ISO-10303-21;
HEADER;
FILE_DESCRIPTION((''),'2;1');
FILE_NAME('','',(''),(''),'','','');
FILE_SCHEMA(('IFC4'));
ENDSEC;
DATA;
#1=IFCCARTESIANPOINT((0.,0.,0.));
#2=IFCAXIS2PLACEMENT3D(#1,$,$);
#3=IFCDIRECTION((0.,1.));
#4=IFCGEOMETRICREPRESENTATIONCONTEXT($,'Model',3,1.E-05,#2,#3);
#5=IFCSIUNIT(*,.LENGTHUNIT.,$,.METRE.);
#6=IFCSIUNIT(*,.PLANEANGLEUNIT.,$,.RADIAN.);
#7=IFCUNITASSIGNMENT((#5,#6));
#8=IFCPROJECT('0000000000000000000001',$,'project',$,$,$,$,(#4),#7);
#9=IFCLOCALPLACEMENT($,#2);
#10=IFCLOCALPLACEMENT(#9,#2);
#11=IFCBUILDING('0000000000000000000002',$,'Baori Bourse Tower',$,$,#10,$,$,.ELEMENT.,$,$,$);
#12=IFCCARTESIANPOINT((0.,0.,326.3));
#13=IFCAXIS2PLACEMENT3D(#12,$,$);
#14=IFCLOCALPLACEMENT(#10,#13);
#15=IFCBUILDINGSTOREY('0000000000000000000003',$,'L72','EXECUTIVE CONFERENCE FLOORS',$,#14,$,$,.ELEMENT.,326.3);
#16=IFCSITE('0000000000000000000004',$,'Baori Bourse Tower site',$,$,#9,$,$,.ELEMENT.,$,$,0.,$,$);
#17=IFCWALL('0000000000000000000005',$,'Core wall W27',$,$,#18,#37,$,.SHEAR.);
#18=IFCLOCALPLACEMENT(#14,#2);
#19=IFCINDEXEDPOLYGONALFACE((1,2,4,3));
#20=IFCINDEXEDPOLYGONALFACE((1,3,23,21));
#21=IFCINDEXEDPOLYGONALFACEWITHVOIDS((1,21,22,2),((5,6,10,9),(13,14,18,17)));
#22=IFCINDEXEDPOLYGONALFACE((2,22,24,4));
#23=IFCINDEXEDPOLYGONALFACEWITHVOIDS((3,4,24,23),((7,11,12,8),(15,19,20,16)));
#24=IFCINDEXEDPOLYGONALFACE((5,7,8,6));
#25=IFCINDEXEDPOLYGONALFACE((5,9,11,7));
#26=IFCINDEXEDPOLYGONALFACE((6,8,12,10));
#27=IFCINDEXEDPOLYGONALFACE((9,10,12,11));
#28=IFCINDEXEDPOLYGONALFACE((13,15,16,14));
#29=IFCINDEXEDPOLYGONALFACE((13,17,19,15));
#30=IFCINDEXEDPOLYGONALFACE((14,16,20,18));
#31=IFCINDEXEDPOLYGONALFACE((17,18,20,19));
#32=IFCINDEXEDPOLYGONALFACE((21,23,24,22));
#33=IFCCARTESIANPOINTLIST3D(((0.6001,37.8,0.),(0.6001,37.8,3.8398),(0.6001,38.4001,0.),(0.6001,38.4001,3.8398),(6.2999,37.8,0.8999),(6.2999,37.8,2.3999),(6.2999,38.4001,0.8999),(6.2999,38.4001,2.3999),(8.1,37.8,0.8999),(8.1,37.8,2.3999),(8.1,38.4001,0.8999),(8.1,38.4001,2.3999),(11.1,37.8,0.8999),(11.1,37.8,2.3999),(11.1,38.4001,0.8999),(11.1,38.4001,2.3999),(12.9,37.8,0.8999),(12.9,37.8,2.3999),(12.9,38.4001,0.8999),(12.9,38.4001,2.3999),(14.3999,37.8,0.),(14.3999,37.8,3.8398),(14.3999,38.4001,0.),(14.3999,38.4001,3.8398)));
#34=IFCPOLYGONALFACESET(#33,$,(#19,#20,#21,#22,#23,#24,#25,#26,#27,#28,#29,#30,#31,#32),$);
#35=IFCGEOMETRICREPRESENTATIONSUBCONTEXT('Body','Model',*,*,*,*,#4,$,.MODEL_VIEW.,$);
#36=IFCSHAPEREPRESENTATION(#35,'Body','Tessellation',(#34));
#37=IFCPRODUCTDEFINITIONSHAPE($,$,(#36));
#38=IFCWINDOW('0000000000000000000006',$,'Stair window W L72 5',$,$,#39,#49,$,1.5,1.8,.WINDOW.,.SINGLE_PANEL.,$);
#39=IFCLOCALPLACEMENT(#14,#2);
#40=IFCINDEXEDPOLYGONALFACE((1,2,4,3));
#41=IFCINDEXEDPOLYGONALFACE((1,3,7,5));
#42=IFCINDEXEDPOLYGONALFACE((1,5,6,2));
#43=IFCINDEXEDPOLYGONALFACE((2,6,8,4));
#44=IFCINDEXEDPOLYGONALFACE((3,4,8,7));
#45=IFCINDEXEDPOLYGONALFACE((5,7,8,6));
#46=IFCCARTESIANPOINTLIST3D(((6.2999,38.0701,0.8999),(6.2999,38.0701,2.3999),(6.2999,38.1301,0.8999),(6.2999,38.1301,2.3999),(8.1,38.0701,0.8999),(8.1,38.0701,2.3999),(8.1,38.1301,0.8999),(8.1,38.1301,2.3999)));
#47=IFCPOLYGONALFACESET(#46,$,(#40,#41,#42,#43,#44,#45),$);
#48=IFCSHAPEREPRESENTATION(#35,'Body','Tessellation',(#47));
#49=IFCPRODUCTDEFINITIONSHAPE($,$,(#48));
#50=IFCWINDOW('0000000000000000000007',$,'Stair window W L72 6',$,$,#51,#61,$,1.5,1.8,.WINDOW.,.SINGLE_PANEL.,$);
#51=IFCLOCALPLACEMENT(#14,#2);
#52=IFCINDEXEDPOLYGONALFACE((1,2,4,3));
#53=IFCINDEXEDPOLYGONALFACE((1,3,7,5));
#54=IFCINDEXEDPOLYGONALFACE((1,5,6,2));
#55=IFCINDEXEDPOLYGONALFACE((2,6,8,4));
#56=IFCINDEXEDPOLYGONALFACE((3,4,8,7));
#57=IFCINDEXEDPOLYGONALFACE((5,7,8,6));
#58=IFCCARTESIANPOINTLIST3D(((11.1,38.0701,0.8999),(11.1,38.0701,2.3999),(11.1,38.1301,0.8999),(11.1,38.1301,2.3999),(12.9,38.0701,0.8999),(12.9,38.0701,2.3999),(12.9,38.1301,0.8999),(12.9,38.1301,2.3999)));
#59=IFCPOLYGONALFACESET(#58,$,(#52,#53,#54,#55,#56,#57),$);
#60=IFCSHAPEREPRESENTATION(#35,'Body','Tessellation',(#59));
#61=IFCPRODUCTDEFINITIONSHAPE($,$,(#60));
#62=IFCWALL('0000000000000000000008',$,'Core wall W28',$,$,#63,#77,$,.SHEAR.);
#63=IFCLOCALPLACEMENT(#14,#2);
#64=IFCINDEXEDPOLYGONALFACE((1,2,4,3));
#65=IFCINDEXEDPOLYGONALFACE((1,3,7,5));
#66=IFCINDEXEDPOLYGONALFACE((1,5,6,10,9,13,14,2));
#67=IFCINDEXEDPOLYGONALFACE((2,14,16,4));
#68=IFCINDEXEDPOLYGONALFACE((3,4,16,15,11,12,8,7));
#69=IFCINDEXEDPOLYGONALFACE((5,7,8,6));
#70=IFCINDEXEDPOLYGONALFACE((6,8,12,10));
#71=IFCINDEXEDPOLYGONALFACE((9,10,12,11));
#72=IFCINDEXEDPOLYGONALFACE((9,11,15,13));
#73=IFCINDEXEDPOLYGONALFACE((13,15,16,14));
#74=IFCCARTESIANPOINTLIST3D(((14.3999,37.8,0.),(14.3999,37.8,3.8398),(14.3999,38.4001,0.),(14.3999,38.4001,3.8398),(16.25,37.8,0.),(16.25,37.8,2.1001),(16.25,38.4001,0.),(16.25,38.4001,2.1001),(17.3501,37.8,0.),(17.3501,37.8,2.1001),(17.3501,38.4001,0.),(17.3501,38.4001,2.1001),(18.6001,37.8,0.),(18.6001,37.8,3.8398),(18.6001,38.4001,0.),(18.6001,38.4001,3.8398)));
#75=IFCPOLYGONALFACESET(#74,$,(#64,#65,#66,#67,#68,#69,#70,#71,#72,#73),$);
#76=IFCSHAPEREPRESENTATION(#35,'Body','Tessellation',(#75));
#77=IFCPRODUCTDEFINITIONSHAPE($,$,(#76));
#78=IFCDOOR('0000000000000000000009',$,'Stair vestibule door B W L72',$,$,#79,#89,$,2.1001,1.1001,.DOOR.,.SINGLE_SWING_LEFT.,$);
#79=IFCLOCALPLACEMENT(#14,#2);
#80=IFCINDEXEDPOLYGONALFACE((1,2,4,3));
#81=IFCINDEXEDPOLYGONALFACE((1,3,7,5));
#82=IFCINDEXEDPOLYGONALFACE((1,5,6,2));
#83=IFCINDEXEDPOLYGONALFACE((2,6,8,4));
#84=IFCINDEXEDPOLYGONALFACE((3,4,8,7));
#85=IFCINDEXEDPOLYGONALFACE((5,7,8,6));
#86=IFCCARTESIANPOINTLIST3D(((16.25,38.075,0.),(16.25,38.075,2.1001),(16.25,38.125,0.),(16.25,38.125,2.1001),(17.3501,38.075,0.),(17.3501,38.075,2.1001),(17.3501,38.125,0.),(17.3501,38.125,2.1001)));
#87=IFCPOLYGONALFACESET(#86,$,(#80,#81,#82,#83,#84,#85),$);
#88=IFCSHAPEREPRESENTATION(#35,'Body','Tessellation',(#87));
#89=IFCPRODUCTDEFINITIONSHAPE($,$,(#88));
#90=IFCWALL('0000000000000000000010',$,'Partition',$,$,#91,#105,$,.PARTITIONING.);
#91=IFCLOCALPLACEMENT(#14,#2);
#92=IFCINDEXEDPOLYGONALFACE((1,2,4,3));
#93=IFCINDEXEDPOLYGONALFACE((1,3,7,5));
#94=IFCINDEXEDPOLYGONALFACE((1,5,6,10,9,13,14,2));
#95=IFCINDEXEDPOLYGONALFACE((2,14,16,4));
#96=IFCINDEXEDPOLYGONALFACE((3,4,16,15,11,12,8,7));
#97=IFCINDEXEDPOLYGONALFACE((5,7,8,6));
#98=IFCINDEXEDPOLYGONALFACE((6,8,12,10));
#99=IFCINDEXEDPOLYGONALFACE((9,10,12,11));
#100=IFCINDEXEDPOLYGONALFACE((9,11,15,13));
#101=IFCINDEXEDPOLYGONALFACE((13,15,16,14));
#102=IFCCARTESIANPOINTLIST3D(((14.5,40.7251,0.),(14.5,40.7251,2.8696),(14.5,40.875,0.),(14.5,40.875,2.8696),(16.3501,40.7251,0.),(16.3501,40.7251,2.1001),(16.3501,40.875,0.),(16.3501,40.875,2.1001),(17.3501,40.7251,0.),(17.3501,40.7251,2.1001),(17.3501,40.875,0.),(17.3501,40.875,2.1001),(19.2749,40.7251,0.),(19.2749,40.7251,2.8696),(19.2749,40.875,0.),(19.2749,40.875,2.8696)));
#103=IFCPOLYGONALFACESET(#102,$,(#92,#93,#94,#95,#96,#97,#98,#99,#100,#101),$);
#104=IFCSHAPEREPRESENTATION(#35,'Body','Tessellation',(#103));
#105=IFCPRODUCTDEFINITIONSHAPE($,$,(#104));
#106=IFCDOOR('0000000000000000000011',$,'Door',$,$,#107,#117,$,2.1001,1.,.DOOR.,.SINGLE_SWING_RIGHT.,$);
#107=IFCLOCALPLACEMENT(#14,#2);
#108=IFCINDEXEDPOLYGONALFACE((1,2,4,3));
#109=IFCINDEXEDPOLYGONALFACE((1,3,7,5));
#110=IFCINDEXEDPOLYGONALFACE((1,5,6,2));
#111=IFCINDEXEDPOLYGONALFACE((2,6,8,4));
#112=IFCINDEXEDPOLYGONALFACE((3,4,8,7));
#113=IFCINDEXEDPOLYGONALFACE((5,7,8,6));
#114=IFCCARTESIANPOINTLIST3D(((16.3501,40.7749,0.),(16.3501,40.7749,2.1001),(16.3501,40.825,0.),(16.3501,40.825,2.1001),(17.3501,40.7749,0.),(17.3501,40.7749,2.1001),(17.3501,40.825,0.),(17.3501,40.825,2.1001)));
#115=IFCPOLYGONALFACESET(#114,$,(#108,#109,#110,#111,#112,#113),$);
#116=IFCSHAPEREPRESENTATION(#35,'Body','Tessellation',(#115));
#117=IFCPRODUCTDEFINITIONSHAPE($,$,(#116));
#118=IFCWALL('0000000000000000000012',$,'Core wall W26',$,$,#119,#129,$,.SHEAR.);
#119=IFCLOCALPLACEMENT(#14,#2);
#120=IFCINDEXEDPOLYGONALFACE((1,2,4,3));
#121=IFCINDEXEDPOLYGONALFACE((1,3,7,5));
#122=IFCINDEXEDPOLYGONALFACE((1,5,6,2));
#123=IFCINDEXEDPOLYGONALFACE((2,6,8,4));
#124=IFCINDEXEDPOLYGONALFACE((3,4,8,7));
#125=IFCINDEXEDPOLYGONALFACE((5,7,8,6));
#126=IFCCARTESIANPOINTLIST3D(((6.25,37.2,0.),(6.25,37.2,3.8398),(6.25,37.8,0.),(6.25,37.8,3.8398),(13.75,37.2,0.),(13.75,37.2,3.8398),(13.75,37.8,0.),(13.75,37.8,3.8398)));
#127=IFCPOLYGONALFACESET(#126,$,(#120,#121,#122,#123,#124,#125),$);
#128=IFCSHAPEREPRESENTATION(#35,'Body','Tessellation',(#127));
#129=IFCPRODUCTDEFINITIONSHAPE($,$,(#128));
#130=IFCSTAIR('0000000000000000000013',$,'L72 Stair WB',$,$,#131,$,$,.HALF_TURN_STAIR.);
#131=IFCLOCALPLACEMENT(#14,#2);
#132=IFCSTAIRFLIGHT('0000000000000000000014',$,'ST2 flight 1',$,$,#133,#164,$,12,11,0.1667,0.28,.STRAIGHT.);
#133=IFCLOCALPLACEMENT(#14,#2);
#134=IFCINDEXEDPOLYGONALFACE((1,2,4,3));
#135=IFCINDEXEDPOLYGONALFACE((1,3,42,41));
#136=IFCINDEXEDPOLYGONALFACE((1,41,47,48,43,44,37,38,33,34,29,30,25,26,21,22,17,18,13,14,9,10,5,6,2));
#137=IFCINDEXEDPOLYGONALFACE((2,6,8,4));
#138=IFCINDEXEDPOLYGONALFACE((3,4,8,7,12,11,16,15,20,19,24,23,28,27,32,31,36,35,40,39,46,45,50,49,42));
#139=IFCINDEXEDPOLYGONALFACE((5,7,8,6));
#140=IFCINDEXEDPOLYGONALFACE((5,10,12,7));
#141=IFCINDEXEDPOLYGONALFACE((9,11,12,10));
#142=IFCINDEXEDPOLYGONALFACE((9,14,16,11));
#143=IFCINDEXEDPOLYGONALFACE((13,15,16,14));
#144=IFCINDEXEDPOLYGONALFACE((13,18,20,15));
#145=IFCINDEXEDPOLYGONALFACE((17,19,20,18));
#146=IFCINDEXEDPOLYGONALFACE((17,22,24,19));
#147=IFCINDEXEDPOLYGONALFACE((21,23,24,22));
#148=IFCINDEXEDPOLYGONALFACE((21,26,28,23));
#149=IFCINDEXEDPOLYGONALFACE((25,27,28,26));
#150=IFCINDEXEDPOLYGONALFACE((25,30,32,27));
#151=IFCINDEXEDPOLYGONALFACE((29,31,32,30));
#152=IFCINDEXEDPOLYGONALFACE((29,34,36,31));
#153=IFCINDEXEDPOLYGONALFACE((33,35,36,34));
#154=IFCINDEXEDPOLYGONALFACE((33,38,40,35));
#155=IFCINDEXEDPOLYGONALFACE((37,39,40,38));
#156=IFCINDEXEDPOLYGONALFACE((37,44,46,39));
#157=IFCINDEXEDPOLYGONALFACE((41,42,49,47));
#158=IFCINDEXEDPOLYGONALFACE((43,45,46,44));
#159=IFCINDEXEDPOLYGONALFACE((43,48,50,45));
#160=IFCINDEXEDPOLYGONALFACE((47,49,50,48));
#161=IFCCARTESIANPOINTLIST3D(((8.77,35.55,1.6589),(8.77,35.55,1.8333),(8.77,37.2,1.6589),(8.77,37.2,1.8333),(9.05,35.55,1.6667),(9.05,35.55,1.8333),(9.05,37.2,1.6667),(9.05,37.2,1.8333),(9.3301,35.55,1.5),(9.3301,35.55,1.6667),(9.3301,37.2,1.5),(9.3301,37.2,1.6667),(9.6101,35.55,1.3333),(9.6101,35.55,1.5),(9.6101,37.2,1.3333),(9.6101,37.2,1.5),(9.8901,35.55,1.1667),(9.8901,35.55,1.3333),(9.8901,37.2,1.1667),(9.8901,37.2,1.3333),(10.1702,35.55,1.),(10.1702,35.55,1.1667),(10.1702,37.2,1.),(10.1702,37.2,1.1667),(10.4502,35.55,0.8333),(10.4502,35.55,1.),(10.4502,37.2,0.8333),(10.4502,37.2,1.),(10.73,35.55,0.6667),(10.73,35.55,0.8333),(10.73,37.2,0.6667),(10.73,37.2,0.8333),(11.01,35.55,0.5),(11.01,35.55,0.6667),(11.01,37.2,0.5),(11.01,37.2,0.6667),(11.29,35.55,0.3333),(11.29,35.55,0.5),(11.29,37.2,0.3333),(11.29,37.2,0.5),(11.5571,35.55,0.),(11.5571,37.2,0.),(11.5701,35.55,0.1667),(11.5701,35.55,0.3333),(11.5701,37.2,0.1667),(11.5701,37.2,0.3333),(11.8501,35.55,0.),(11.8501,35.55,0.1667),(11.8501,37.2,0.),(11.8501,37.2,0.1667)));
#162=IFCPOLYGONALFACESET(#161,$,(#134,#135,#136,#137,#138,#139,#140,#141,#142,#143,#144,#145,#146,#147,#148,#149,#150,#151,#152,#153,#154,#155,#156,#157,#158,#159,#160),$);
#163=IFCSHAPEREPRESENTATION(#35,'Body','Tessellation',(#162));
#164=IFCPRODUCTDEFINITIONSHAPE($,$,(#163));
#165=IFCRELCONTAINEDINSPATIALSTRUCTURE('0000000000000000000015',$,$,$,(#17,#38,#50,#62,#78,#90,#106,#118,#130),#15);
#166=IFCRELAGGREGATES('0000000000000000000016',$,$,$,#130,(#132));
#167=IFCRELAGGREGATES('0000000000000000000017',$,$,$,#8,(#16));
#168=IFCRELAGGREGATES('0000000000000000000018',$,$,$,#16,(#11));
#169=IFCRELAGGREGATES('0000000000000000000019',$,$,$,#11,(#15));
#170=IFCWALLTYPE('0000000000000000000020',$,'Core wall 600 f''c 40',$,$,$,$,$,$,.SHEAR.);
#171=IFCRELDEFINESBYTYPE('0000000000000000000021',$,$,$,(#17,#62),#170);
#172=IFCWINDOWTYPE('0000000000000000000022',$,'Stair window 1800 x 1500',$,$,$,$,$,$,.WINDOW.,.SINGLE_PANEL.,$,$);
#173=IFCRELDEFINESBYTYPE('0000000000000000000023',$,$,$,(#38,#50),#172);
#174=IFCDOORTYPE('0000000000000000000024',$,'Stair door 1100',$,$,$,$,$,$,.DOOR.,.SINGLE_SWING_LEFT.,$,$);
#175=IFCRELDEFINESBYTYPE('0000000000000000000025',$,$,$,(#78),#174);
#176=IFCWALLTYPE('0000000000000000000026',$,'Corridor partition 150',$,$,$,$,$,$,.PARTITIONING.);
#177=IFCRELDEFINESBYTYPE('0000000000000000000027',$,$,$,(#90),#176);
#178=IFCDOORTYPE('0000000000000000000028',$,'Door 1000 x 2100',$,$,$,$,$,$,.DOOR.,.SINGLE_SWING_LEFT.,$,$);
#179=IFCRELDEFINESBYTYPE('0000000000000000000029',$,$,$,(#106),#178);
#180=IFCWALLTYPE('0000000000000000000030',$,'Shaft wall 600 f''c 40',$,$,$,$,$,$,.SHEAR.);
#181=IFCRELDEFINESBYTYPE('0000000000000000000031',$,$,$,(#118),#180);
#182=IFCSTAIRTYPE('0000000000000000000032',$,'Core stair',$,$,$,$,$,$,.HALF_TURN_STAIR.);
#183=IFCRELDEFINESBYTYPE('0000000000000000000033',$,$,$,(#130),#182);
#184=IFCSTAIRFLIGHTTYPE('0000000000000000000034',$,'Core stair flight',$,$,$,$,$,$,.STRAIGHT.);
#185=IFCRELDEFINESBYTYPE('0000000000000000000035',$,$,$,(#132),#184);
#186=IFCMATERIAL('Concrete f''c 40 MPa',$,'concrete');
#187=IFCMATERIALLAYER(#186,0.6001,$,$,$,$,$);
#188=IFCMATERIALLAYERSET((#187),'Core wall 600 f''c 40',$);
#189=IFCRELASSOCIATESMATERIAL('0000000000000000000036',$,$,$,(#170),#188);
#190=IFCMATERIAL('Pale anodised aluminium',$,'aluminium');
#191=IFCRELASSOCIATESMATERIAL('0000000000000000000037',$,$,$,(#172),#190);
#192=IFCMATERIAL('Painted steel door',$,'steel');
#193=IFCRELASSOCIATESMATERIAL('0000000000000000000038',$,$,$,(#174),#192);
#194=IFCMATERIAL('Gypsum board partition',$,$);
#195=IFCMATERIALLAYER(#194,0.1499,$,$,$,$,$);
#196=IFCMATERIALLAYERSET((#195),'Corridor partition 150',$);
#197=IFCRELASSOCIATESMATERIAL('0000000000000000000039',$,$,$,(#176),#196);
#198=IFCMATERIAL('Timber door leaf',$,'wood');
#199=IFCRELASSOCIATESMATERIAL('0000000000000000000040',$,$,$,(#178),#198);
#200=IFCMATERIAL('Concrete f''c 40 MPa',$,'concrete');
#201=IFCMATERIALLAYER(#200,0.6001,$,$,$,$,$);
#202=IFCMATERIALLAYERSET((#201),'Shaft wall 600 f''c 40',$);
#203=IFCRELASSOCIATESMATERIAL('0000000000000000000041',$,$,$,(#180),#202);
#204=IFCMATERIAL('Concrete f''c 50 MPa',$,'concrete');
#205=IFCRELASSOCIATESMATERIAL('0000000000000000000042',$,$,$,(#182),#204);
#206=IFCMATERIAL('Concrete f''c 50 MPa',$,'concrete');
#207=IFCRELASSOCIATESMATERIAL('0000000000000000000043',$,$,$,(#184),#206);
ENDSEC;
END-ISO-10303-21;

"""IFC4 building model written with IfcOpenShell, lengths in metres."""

from ifc_helpers import new_model, si_unit, direction, frame, frame_2d, origin, place, context, subcontext, project, spatial, polyline, rectangle, outline, extrude, material, layer, layer_set, type_object, element, fill, aggregate, save


model = new_model("IFC4")

# Units and contexts
model_context = context("Model", 3, precision=1e-05, world=origin(), true_north=direction((0.0, 1.0)))
body_context = subcontext(model_context, "Body", "Model", "MODEL_VIEW")
ifc_project = project(units=[si_unit("LENGTHUNIT", "METRE"), si_unit("PLANEANGLEUNIT", "RADIAN")], contexts=[model_context])

# Site, building, storey
site_placement = place(None, origin())
site = spatial("IfcSite", under=ifc_project, at=site_placement, Name="Baori Bourse Tower site", CompositionType="ELEMENT", RefElevation=0.0)
building_placement = place(site_placement, origin())
building = spatial("IfcBuilding", under=site, at=building_placement, Name="Baori Bourse Tower", CompositionType="ELEMENT")
storey_placement = place(building_placement, frame((0.0, 0.0, 326.3)))
storey = spatial("IfcBuildingStorey", under=building, at=storey_placement, Name="L72", Description="EXECUTIVE CONFERENCE FLOORS", CompositionType="ELEMENT", Elevation=326.3)

# Wall, openings, windows
ifc_material_1 = material(Name="Concrete f'c 40 MPa", Category="concrete")
ifc_layer_1 = layer(ifc_material_1, 0.6001)
ifc_layer_set_1 = layer_set([ifc_layer_1], Name="Core wall 600 f'c 40")
wall_type_1 = type_object("IfcWallType", Name="Core wall 600 f'c 40", PredefinedType="SHEAR", material=ifc_layer_set_1)
wall_1_placement = place(storey_placement, frame((0.6001, 38.1001, 0.0), z_axis=(0.0, 0.0, 1.0), x_axis=(1.0, 0.0, 0.0)))
wall_1 = element("IfcWall", 1, at=wall_1_placement, inside=storey, type_object=wall_type_1, Name="Core wall W27", PredefinedType="SHEAR", context=body_context, shape_type="SweptSolid", body=[
    extrude(rectangle(XDim=13.7998, YDim=0.6001, at=frame_2d((6.8999, 0.0))), origin(), (0.0, 0.0, 1.0), 3.8398),
])
opening_1_placement = place(wall_1_placement, frame((5.7, 0.0, 0.8999)))
opening_1 = element("IfcOpeningElement", 2, at=opening_1_placement, cuts=wall_1, PredefinedType="OPENING", context=body_context, shape_type="SweptSolid", body=[
    extrude(rectangle(XDim=1.8, YDim=1.5, at=frame_2d((0.8999, 0.75))), frame((0.0, 0.3101, 0.0), z_axis=(0.0, -1.0, 0.0), x_axis=(1.0, 0.0, 0.0)), (0.0, 0.0, 1.0), 0.6201),
])
opening_2_placement = place(wall_1_placement, frame((10.5, 0.0, 0.8999)))
opening_2 = element("IfcOpeningElement", 3, at=opening_2_placement, cuts=wall_1, PredefinedType="OPENING", context=body_context, shape_type="SweptSolid", body=[
    extrude(rectangle(XDim=1.8, YDim=1.5, at=frame_2d((0.8999, 0.75))), frame((0.0, 0.3101, 0.0), z_axis=(0.0, -1.0, 0.0), x_axis=(1.0, 0.0, 0.0)), (0.0, 0.0, 1.0), 0.6201),
])
ifc_material_2 = material(Name="Pale anodised aluminium", Category="aluminium")
window_type = type_object("IfcWindowType", Name="Stair window 1800 x 1500", PartitioningType="SINGLE_PANEL", PredefinedType="WINDOW", material=ifc_material_2)
window_1_placement = place(opening_1_placement, origin())
window_1 = element("IfcWindow", 4, at=window_1_placement, inside=storey, type_object=window_type, Name="Stair window W L72 5", OverallHeight=1.5, OverallWidth=1.8, PartitioningType="SINGLE_PANEL", PredefinedType="WINDOW", context=body_context, shape_type="SweptSolid", body=[
    extrude(rectangle(XDim=1.8, YDim=1.5, at=frame_2d((0.8999, 0.75))), frame((0.0, 0.03, 0.0), z_axis=(0.0, -1.0, 0.0), x_axis=(1.0, 0.0, 0.0)), (0.0, 0.0, 1.0), 0.0601),
])
fill(opening_1, window_1)
window_2_placement = place(opening_2_placement, origin())
window_2 = element("IfcWindow", 5, at=window_2_placement, inside=storey, type_object=window_type, Name="Stair window W L72 6", OverallHeight=1.5, OverallWidth=1.8, PartitioningType="SINGLE_PANEL", PredefinedType="WINDOW", context=body_context, shape_type="SweptSolid", body=[
    extrude(rectangle(XDim=1.8, YDim=1.5, at=frame_2d((0.8999, 0.75))), frame((0.0, 0.03, 0.0), z_axis=(0.0, -1.0, 0.0), x_axis=(1.0, 0.0, 0.0)), (0.0, 0.0, 1.0), 0.0601),
])
fill(opening_2, window_2)

# Walls, openings, doors
wall_2_placement = place(storey_placement, frame((14.3999, 38.1001, 0.0), z_axis=(0.0, 0.0, 1.0), x_axis=(1.0, 0.0, 0.0)))
wall_2 = element("IfcWall", 6, at=wall_2_placement, inside=storey, type_object=wall_type_1, Name="Core wall W28", PredefinedType="SHEAR", context=body_context, shape_type="SweptSolid", body=[
    extrude(rectangle(XDim=4.2002, YDim=0.6001, at=frame_2d((2.1001, 0.0))), origin(), (0.0, 0.0, 1.0), 3.8398),
])
opening_3_placement = place(wall_2_placement, frame((1.8501, 0.0, 0.0)))
opening_3 = element("IfcOpeningElement", 7, at=opening_3_placement, cuts=wall_2, PredefinedType="OPENING", context=body_context, shape_type="SweptSolid", body=[
    extrude(rectangle(XDim=1.1001, YDim=2.1001, at=frame_2d((0.55, 1.05))), frame((0.0, 0.3101, 0.0), z_axis=(0.0, -1.0, 0.0), x_axis=(1.0, 0.0, 0.0)), (0.0, 0.0, 1.0), 0.6201),
])
ifc_material_3 = material(Name="Painted steel door", Category="steel")
door_type_1 = type_object("IfcDoorType", Name="Stair door 1100", OperationType="SINGLE_SWING_LEFT", PredefinedType="DOOR", material=ifc_material_3)
door_1_placement = place(opening_3_placement, origin())
door_1 = element("IfcDoor", 8, at=door_1_placement, inside=storey, type_object=door_type_1, Name="Stair vestibule door B W L72", OperationType="SINGLE_SWING_LEFT", OverallHeight=2.1001, OverallWidth=1.1001, PredefinedType="DOOR", context=body_context, shape_type="SweptSolid", body=[
    extrude(rectangle(XDim=1.1001, YDim=2.1001, at=frame_2d((0.55, 1.05))), frame((0.0, 0.0249, 0.0), z_axis=(0.0, -1.0, 0.0), x_axis=(1.0, 0.0, 0.0)), (0.0, 0.0, 1.0), 0.05),
])
fill(opening_3, door_1)
ifc_material_4 = material(Name="Gypsum board partition")
ifc_layer_2 = layer(ifc_material_4, 0.1499)
ifc_layer_set_2 = layer_set([ifc_layer_2], Name="Corridor partition 150")
wall_type_2 = type_object("IfcWallType", Name="Corridor partition 150", PredefinedType="PARTITIONING", material=ifc_layer_set_2)
wall_3_placement = place(storey_placement, frame((14.5, 40.8, 0.0), z_axis=(0.0, 0.0, 1.0), x_axis=(1.0, 0.0, 0.0)))
wall_3 = element("IfcWall", 9, at=wall_3_placement, inside=storey, type_object=wall_type_2, Name="Partition", PredefinedType="PARTITIONING", context=body_context, shape_type="SweptSolid", body=[
    extrude(rectangle(XDim=4.7749, YDim=0.1499, at=frame_2d((2.3875, 0.0))), origin(), (0.0, 0.0, 1.0), 2.8696),
])
opening_4_placement = place(wall_3_placement, frame((1.8501, 0.0, 0.0)))
opening_4 = element("IfcOpeningElement", 10, at=opening_4_placement, cuts=wall_3, PredefinedType="OPENING", context=body_context, shape_type="SweptSolid", body=[
    extrude(rectangle(XDim=1.0, YDim=2.1001, at=frame_2d((0.5, 1.05))), frame((0.0, 0.085, 0.0), z_axis=(0.0, -1.0, 0.0), x_axis=(1.0, 0.0, 0.0)), (0.0, 0.0, 1.0), 0.1699),
])
ifc_material_5 = material(Name="Timber door leaf", Category="wood")
door_type_2 = type_object("IfcDoorType", Name="Door 1000 x 2100", OperationType="SINGLE_SWING_LEFT", PredefinedType="DOOR", material=ifc_material_5)
door_2_placement = place(opening_4_placement, origin())
door_2 = element("IfcDoor", 11, at=door_2_placement, inside=storey, type_object=door_type_2, Name="Door", OperationType="SINGLE_SWING_RIGHT", OverallHeight=2.1001, OverallWidth=1.0, PredefinedType="DOOR", context=body_context, shape_type="SweptSolid", body=[
    extrude(rectangle(XDim=1.0, YDim=2.1001, at=frame_2d((0.5, 1.05))), frame((0.0, 0.0249, 0.0), z_axis=(0.0, -1.0, 0.0), x_axis=(1.0, 0.0, 0.0)), (0.0, 0.0, 1.0), 0.05),
])
fill(opening_4, door_2)

# Wall
ifc_material_6 = material(Name="Concrete f'c 40 MPa", Category="concrete")
ifc_layer_3 = layer(ifc_material_6, 0.6001)
ifc_layer_set_3 = layer_set([ifc_layer_3], Name="Shaft wall 600 f'c 40")
wall_type_3 = type_object("IfcWallType", Name="Shaft wall 600 f'c 40", PredefinedType="SHEAR", material=ifc_layer_set_3)
wall_4_placement = place(storey_placement, frame((6.25, 37.5, 0.0), z_axis=(0.0, 0.0, 1.0), x_axis=(1.0, 0.0, 0.0)))
element("IfcWall", 12, at=wall_4_placement, inside=storey, type_object=wall_type_3, Name="Core wall W26", PredefinedType="SHEAR", context=body_context, shape_type="SweptSolid", body=[
    extrude(rectangle(XDim=7.5, YDim=0.6001, at=frame_2d((3.75, 0.0))), origin(), (0.0, 0.0, 1.0), 3.8398),
])

# Stair, stair flight
ifc_material_7 = material(Name="Concrete f'c 50 MPa", Category="concrete")
stair_type = type_object("IfcStairType", Name="Core stair", PredefinedType="HALF_TURN_STAIR", material=ifc_material_7)
stair_placement = place(storey_placement, origin())
stair = element("IfcStair", 13, at=stair_placement, inside=storey, type_object=stair_type, Name="L72 Stair WB", PredefinedType="HALF_TURN_STAIR")
ifc_material_8 = material(Name="Concrete f'c 50 MPa", Category="concrete")
stair_flight_type = type_object("IfcStairFlightType", Name="Core stair flight", PredefinedType="STRAIGHT", material=ifc_material_8)
stair_flight_1_placement = place(storey_placement, frame((11.8501, 36.375, 0.0), z_axis=(0.0, 0.0, 1.0), x_axis=(-1.0, 0.0, 0.0)))
stair_flight_1 = element("IfcStairFlight", 14, at=stair_flight_1_placement, type_object=stair_flight_type, Name="ST2 flight 1", NumberOfRisers=12, NumberOfTreads=11, PredefinedType="STRAIGHT", RiserHeight=0.1667, TreadLength=0.28, context=body_context, shape_type="SweptSolid", body=[
    extrude(outline(polyline([(0.0, 0.0), (0.0, 0.1667), (0.28, 0.1667), (0.28, 0.3333), (0.5601, 0.3333), (0.5601, 0.5), (0.8401, 0.5), (0.8401, 0.6667), (1.1201, 0.6667), (1.1201, 0.8333), (1.3999, 0.8333), (1.3999, 1.0), (1.6799, 1.0), (1.6799, 1.1667), (1.96, 1.1667), (1.96, 1.3333), (2.24, 1.3333), (2.24, 1.5), (2.52, 1.5), (2.52, 1.6667), (2.8, 1.6667), (2.8, 1.8333), (3.0801, 1.8333), (3.0801, 2.0), (3.0801, 1.6589), (0.293, 0.0), (0.0, 0.0)])), frame((0.0, 0.825, 0.0), z_axis=(0.0, -1.0, 0.0), x_axis=(1.0, 0.0, 0.0)), (0.0, 0.0, 1.0), 1.6499),
])
aggregate(stair, [stair_flight_1])

save(model, "model.ifc")
